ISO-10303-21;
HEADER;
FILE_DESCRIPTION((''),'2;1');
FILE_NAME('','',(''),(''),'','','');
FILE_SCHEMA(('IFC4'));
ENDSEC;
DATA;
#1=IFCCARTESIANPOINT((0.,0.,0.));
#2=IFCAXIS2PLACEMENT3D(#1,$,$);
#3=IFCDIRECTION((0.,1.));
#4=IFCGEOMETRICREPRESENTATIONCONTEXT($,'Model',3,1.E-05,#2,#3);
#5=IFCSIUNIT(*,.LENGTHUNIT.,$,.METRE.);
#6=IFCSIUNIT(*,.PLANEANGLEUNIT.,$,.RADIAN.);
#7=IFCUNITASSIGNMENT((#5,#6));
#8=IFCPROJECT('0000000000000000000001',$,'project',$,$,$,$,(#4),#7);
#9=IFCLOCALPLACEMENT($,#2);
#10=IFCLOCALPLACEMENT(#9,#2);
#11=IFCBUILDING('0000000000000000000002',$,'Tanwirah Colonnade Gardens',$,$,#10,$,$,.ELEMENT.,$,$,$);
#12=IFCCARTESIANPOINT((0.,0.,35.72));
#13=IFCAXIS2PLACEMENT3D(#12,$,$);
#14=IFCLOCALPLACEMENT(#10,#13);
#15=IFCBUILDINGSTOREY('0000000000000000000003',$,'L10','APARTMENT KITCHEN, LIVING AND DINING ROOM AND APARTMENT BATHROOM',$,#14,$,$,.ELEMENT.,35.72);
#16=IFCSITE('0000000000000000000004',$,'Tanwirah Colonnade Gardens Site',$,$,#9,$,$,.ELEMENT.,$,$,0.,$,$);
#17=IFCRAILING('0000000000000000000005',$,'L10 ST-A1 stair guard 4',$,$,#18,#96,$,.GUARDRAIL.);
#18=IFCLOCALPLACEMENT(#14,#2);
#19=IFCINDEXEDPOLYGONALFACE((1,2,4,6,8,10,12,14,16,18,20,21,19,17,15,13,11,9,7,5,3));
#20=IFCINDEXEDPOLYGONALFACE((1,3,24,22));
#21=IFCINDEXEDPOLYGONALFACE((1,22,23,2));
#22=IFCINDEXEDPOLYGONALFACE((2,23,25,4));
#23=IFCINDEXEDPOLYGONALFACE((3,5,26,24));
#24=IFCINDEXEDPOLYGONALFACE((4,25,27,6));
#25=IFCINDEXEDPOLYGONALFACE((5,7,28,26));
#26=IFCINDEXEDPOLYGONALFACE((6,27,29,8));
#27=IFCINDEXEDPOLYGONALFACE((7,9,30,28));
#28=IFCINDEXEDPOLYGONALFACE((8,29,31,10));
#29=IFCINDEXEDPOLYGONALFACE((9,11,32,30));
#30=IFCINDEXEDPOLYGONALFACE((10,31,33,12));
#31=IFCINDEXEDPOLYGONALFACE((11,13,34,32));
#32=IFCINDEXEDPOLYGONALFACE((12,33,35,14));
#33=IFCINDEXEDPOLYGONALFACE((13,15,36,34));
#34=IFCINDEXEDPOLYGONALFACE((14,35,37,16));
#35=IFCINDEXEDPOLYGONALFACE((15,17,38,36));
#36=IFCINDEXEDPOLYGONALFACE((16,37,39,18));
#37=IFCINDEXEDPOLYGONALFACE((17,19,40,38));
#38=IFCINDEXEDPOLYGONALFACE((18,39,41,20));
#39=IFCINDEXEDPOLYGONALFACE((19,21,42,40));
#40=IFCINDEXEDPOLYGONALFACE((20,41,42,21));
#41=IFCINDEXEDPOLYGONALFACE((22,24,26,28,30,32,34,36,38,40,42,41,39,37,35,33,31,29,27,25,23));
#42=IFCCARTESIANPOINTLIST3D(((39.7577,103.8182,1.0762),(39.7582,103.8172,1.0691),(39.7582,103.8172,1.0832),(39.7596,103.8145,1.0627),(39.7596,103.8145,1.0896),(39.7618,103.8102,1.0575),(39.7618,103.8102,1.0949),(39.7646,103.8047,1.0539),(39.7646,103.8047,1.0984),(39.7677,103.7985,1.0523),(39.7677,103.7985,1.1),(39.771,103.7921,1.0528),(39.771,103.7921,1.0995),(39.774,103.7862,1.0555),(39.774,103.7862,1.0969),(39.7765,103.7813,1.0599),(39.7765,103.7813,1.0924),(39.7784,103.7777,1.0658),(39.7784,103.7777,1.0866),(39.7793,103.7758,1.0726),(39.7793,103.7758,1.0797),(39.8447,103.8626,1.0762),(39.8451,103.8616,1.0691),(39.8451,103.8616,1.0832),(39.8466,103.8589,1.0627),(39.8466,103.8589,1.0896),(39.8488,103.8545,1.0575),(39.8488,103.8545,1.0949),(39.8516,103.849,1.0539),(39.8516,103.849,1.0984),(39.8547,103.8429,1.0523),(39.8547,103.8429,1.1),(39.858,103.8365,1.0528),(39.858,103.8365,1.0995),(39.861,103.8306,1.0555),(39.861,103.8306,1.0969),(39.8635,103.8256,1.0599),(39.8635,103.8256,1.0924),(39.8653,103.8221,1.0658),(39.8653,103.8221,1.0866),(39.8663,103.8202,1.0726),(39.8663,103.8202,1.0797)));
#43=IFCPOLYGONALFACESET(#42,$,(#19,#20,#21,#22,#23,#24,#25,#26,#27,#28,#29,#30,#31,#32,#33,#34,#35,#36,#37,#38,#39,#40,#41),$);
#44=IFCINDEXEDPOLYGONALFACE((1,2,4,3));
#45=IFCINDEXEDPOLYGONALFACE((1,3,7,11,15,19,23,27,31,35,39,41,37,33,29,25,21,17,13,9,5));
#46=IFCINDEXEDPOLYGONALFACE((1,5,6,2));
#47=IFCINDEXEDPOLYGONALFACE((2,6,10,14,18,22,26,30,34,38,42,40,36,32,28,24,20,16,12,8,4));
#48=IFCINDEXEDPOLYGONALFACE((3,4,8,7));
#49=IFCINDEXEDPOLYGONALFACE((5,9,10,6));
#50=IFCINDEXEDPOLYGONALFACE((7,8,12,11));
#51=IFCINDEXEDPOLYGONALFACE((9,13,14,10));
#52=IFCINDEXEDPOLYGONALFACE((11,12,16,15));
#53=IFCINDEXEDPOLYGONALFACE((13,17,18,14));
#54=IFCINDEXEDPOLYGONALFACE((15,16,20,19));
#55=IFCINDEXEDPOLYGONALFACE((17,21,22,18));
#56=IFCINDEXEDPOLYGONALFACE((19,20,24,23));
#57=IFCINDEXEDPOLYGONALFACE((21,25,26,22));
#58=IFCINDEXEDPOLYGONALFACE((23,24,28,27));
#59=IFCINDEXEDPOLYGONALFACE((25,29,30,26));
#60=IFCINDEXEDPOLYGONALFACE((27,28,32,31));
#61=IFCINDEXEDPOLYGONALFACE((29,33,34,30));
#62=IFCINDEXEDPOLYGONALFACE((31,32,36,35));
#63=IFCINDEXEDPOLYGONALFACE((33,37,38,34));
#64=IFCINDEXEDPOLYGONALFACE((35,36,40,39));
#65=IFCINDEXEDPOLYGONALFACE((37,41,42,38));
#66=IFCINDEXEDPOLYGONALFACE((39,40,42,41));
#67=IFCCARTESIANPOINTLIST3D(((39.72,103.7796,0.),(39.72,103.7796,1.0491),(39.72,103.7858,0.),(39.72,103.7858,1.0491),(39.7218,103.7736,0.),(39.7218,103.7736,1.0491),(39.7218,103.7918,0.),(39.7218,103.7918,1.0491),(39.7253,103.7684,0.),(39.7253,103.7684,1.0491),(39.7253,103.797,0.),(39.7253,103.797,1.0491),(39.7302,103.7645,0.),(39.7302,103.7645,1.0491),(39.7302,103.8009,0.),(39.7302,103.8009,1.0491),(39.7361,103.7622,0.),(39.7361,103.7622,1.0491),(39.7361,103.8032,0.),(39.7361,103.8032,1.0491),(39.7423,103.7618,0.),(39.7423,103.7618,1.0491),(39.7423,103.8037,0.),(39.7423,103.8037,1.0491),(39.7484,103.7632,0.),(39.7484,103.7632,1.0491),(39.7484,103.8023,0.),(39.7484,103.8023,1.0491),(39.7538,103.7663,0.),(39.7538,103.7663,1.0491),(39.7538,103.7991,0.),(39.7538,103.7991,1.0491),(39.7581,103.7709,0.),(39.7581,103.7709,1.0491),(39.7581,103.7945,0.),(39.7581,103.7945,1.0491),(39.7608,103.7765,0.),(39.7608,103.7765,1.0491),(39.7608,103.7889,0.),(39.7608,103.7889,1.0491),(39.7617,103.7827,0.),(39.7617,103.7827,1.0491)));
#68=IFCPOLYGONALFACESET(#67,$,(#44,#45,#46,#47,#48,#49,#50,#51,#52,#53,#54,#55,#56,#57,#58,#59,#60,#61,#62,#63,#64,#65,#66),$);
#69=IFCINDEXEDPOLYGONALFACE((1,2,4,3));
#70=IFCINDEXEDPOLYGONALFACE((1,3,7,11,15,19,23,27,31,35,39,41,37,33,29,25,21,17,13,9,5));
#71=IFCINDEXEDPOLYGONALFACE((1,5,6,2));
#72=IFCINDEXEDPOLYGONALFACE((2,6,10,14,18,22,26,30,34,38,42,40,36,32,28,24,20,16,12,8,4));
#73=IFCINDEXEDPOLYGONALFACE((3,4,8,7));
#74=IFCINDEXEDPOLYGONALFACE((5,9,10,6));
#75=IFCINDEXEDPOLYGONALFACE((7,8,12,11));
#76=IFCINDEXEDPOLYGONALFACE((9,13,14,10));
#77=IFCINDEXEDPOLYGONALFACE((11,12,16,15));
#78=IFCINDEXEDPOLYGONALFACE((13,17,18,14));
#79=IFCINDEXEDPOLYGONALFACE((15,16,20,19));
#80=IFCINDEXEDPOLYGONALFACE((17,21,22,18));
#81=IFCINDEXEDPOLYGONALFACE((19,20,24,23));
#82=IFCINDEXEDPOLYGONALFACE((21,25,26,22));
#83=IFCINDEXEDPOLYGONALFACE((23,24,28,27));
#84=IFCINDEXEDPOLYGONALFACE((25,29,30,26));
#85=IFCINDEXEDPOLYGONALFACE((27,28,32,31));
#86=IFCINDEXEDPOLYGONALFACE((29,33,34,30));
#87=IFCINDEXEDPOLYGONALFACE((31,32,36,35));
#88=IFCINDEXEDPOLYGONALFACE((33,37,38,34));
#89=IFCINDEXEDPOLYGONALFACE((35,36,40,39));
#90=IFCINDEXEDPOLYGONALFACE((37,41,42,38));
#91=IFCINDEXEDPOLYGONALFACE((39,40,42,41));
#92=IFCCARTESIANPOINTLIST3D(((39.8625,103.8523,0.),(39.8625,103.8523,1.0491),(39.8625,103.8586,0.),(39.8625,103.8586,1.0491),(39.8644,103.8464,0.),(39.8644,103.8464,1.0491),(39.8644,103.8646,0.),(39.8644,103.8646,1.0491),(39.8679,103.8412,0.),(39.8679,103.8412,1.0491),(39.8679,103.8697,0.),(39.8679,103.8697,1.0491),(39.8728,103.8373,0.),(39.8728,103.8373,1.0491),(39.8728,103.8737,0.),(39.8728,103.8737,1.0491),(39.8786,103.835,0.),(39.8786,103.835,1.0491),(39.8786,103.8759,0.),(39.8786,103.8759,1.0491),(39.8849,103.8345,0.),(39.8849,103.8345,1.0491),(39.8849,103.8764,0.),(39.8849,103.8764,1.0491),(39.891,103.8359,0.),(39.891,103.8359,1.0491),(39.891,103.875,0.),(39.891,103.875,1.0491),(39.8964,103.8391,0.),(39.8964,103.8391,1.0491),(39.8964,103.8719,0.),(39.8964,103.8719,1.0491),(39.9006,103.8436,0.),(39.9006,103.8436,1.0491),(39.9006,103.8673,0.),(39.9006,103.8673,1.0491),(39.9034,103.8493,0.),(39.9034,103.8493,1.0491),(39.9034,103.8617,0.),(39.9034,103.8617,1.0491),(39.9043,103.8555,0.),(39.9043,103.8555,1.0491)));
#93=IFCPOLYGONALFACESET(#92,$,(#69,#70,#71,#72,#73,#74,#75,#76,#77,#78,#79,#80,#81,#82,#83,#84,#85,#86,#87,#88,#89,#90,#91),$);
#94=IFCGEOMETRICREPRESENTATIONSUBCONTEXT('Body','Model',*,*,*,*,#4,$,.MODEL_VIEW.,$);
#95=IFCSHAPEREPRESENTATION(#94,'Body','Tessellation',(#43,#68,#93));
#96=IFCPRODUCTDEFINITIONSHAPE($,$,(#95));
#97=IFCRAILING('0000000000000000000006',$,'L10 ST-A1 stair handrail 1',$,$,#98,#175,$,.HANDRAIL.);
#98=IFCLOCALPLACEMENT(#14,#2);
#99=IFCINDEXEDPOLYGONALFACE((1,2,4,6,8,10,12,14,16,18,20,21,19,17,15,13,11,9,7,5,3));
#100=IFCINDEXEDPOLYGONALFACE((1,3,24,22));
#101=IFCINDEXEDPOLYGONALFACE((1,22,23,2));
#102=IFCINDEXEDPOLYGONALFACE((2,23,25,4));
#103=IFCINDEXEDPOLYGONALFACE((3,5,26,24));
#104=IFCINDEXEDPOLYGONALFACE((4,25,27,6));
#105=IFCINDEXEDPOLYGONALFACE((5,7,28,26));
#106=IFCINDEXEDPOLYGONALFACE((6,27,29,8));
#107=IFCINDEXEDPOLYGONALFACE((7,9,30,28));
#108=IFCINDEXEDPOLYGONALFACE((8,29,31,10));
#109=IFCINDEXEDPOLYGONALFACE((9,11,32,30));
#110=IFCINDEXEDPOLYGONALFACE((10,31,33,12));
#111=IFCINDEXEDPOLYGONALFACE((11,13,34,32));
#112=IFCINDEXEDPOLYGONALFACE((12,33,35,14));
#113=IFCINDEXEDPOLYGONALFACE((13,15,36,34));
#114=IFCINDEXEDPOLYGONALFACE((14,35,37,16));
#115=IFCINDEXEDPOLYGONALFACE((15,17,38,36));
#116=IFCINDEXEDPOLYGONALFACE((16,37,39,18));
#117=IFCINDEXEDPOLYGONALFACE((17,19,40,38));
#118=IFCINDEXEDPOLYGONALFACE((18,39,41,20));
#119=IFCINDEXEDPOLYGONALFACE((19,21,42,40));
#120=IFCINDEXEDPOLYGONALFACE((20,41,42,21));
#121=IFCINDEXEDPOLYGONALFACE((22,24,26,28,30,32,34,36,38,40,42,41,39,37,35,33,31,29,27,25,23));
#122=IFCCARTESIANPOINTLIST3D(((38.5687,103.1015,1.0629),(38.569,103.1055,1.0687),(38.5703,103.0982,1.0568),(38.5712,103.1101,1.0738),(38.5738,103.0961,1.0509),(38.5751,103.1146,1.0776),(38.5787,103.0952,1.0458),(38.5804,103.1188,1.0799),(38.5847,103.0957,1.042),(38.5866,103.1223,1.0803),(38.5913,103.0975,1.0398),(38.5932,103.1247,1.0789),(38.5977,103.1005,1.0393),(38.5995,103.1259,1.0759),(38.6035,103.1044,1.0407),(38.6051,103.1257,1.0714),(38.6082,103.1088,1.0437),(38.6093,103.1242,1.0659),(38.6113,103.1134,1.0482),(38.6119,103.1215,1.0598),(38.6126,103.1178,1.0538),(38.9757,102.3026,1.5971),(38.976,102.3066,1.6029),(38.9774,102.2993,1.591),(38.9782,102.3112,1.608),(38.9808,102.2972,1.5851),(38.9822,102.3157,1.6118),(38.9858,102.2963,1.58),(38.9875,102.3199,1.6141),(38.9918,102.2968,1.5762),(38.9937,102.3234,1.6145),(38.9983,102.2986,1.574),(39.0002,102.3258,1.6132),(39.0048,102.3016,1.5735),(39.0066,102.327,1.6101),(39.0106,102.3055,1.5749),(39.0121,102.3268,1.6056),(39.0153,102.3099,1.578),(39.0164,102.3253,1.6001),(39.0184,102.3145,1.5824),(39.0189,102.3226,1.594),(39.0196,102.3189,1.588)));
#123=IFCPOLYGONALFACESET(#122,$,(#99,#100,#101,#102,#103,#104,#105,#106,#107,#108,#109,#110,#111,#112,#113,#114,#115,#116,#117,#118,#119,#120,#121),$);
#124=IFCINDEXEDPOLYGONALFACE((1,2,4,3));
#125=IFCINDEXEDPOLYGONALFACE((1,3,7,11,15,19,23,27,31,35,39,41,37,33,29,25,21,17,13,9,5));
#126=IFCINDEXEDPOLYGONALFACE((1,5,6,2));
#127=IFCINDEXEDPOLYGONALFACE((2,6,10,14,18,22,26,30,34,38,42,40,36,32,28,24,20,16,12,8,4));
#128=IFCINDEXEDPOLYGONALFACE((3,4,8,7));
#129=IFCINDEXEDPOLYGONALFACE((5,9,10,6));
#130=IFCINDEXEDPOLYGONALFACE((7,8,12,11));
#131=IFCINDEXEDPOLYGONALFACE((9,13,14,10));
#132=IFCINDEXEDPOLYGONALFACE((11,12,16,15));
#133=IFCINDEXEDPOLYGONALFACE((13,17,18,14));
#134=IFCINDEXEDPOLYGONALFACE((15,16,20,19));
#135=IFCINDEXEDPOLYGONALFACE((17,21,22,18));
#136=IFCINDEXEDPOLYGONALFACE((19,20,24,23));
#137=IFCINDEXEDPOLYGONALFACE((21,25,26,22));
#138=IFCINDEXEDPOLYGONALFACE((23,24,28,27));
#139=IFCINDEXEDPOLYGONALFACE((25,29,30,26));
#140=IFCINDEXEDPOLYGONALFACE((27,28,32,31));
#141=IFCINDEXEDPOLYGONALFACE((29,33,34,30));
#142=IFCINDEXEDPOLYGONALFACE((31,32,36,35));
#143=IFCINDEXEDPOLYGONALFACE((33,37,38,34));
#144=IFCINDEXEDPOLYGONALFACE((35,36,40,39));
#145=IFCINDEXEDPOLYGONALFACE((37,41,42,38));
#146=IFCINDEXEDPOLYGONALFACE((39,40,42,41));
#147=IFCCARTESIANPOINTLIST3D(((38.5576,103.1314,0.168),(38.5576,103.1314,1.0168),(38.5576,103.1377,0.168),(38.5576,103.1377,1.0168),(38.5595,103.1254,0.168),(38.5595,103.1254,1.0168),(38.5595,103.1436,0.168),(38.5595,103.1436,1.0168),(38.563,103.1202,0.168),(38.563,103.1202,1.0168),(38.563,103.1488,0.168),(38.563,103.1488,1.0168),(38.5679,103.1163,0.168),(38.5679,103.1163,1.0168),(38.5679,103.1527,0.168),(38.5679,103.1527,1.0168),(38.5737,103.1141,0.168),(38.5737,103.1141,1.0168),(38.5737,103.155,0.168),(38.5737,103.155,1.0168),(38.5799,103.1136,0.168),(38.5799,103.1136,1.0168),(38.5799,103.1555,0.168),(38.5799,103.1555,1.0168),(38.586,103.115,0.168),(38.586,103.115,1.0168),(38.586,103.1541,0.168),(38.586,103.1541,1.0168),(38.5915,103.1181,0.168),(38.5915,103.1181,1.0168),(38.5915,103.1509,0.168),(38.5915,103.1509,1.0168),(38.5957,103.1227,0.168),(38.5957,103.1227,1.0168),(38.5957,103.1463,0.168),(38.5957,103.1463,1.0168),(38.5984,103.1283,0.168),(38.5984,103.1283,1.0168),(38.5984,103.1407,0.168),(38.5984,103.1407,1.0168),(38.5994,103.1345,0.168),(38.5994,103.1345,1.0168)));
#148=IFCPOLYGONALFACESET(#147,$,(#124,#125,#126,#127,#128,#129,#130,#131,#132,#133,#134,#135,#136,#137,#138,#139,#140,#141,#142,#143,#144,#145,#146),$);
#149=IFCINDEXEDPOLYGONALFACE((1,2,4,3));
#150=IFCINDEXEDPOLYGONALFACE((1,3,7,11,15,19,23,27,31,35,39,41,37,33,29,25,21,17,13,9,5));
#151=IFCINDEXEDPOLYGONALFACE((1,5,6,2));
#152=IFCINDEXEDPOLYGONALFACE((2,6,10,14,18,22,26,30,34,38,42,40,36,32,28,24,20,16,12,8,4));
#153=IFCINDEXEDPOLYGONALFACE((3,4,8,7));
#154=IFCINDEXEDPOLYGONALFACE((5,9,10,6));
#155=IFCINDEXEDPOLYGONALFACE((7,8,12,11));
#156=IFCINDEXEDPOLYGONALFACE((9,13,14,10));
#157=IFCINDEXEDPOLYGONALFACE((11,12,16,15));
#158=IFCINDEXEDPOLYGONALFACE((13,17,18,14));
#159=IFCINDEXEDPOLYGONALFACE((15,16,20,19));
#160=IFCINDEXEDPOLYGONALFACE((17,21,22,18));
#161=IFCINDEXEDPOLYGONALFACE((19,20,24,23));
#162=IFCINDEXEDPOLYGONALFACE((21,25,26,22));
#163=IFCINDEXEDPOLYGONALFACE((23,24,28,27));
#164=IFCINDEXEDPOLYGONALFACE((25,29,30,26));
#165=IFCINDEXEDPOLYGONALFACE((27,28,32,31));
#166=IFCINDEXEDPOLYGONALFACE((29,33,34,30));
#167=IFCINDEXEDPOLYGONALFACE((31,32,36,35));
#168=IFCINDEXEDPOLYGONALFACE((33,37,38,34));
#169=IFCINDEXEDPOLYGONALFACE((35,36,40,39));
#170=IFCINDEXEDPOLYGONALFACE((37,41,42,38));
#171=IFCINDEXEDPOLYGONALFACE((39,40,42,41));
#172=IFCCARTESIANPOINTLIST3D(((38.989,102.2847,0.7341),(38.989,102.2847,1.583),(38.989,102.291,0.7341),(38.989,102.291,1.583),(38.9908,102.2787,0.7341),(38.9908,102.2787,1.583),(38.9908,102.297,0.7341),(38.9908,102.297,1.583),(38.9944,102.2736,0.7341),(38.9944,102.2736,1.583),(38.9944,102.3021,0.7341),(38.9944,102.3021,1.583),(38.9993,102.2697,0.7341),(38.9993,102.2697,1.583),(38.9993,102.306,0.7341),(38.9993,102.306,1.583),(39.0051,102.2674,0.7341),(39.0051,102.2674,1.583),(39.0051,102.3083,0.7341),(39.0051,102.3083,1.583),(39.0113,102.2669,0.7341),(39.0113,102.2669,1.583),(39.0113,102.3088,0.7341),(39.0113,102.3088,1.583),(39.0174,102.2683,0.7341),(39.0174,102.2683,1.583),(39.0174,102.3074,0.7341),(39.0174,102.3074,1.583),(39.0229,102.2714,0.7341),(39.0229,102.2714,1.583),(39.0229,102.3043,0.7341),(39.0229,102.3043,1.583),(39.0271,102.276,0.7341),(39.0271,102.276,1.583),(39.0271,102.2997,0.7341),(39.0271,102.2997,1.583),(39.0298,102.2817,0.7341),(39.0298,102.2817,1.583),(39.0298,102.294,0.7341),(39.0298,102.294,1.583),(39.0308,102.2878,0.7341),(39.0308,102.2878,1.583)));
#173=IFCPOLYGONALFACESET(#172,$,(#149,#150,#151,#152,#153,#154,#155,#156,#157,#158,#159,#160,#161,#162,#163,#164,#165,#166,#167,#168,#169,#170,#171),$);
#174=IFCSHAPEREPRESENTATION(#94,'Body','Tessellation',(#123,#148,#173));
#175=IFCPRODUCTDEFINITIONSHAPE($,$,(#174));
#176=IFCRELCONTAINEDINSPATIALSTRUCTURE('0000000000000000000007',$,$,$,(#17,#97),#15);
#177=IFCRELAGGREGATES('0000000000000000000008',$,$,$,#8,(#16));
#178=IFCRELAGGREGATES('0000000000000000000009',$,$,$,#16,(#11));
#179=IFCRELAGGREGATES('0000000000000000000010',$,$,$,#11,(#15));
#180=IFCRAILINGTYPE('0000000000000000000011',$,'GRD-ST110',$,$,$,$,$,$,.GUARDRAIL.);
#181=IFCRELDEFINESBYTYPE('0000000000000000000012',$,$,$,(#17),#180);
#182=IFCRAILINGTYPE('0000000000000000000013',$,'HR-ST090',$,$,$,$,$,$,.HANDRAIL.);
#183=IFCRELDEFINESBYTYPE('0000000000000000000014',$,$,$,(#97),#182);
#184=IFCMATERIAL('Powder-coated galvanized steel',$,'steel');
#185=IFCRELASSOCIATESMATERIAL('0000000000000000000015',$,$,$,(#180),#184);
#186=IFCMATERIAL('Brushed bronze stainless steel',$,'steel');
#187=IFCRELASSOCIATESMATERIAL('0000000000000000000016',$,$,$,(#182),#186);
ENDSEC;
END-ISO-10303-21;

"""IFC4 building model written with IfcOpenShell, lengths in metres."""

from ifc_helpers import new_model, si_unit, direction, frame, origin, origin_2d, place, context, subcontext, project, spatial, circle, extrude, material, type_object, element, save


model = new_model("IFC4")

# Units and contexts
model_context = context("Model", 3, precision=1e-05, world=origin(), true_north=direction((0.0, 1.0)))
body_context = subcontext(model_context, "Body", "Model", "MODEL_VIEW")
ifc_project = project(units=[si_unit("LENGTHUNIT", "METRE"), si_unit("PLANEANGLEUNIT", "RADIAN")], contexts=[model_context])

# Site, building, storey
site_placement = place(None, origin())
site = spatial("IfcSite", under=ifc_project, at=site_placement, Name="Tanwirah Colonnade Gardens Site", CompositionType="ELEMENT", RefElevation=0.0)
building_placement = place(site_placement, origin())
building = spatial("IfcBuilding", under=site, at=building_placement, Name="Tanwirah Colonnade Gardens", CompositionType="ELEMENT")
storey_placement = place(building_placement, frame((0.0, 0.0, 35.72)))
storey = spatial("IfcBuildingStorey", under=building, at=storey_placement, Name="L10", Description="APARTMENT KITCHEN, LIVING AND DINING ROOM AND APARTMENT BATHROOM", CompositionType="ELEMENT", Elevation=35.72)

# Railings
ifc_material_1 = material(Name="Powder-coated galvanized steel", Category="steel")
railing_type_1 = type_object("IfcRailingType", Name="GRD-ST110", PredefinedType="GUARDRAIL", material=ifc_material_1)
railing_1_placement = place(storey_placement, frame((39.7407, 103.7827, 0.0)))
element("IfcRailing", 1, at=railing_1_placement, inside=storey, type_object=railing_type_1, Name="L10 ST-A1 stair guard 4", PredefinedType="GUARDRAIL", context=body_context, shape_type="SweptSolid", body=[
    extrude(circle(Radius=0.0239, at=origin_2d()), frame((0.0278, 0.0142, 1.0762), z_axis=(0.890737, 0.45452, 0.0), x_axis=(-0.45452, 0.890737, 0.0)), (0.0, 0.0, 1.0), 0.0977),
    extrude(circle(Radius=0.021, at=origin_2d()), origin(), (0.0, 0.0, 1.0), 1.0491),
    extrude(circle(Radius=0.021, at=origin_2d()), frame((0.1426, 0.0728, 0.0)), (0.0, 0.0, 1.0), 1.0491),
])
ifc_material_2 = material(Name="Brushed bronze stainless steel", Category="steel")
railing_type_2 = type_object("IfcRailingType", Name="HR-ST090", PredefinedType="HANDRAIL", material=ifc_material_2)
railing_2_placement = place(storey_placement, frame((38.5784, 103.1345, 0.168)))
element("IfcRailing", 2, at=railing_2_placement, inside=storey, type_object=railing_type_2, Name="L10 ST-A1 stair handrail 1", PredefinedType="HANDRAIL", context=body_context, shape_type="SweptSolid", body=[
    extrude(circle(Radius=0.0239, at=origin_2d()), frame((0.0122, -0.0239, 0.8918), z_axis=(0.390008, -0.765448, 0.511844), x_axis=(0.89101, 0.453984, 0.0)), (0.0, 0.0, 1.0), 1.0437),
    extrude(circle(Radius=0.021, at=origin_2d()), origin(), (0.0, 0.0, 1.0), 0.8489),
    extrude(circle(Radius=0.021, at=origin_2d()), frame((0.4314, -0.8467, 0.5662)), (0.0, 0.0, 1.0), 0.8489),
])

save(model, "model.ifc")
